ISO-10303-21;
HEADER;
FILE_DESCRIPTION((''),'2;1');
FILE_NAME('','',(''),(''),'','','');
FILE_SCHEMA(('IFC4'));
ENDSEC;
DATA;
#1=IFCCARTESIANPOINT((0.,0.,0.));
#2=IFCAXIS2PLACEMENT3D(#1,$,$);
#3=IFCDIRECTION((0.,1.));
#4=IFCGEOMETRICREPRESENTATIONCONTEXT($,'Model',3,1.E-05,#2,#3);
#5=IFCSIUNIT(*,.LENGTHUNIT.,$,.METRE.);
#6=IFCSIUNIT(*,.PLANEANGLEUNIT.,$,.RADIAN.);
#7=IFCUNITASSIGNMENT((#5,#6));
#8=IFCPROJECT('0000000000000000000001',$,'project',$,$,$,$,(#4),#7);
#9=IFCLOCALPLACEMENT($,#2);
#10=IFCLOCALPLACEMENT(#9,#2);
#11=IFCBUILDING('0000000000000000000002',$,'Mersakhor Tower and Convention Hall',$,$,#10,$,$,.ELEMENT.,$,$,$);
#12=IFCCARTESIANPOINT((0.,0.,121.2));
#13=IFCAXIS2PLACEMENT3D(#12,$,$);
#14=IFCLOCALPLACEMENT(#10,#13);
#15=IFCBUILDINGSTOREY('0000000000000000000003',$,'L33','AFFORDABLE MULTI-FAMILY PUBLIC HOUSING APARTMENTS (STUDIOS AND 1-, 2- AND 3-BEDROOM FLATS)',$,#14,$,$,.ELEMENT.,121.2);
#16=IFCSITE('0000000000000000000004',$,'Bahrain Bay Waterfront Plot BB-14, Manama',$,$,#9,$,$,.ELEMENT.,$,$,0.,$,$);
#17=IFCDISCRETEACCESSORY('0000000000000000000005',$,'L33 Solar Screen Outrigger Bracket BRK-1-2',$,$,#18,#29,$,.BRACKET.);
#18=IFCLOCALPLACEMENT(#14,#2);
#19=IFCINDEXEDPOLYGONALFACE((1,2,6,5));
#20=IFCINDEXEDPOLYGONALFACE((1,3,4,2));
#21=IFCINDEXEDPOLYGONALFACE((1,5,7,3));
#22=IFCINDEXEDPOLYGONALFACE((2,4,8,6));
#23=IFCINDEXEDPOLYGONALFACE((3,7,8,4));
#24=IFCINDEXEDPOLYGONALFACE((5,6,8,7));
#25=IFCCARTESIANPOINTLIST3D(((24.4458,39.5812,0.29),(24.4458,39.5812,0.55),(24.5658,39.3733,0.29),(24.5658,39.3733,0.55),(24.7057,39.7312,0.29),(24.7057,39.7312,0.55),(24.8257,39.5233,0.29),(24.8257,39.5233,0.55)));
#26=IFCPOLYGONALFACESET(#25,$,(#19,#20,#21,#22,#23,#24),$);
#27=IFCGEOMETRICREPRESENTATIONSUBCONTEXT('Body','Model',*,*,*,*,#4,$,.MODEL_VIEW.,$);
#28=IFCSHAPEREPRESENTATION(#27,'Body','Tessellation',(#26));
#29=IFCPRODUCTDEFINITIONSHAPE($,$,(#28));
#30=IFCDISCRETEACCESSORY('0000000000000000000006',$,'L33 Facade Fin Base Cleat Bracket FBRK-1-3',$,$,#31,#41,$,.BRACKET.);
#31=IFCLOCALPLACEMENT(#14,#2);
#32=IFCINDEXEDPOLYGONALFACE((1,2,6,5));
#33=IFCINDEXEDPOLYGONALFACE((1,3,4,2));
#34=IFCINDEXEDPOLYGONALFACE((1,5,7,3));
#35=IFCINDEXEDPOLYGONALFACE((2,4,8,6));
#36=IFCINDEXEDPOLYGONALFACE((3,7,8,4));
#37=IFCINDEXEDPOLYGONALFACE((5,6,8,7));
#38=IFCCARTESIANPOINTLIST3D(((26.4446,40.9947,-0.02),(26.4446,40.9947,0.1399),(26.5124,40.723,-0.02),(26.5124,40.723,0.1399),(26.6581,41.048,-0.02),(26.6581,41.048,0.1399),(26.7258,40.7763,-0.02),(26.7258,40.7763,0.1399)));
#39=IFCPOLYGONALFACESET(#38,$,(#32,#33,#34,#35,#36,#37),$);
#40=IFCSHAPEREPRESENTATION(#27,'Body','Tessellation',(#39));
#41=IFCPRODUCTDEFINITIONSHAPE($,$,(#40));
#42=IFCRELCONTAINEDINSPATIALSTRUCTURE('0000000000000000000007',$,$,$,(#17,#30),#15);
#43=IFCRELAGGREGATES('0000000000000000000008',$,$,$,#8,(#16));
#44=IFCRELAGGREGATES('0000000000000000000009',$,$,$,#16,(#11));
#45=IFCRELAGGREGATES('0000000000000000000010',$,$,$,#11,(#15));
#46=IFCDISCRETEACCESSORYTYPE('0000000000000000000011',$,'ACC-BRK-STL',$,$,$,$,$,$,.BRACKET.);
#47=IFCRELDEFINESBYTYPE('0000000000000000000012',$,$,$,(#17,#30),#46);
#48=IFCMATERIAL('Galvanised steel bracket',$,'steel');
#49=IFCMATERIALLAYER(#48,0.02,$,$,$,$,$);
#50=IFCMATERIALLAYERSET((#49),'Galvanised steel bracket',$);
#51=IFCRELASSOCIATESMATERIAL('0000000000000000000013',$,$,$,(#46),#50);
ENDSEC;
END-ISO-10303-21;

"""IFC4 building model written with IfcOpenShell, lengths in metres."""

from ifc_helpers import new_model, si_unit, direction, frame, origin, origin_2d, place, context, subcontext, project, spatial, rectangle, extrude, material, layer, layer_set, type_object, element, save


model = new_model("IFC4")

# Units and contexts
model_context = context("Model", 3, precision=1e-05, world=origin(), true_north=direction((0.0, 1.0)))
body_context = subcontext(model_context, "Body", "Model", "MODEL_VIEW")
ifc_project = project(units=[si_unit("LENGTHUNIT", "METRE"), si_unit("PLANEANGLEUNIT", "RADIAN")], contexts=[model_context])

# Site, building, storey
site_placement = place(None, origin())
site = spatial("IfcSite", under=ifc_project, at=site_placement, Name="Bahrain Bay Waterfront Plot BB-14, Manama", CompositionType="ELEMENT", RefElevation=0.0)
building_placement = place(site_placement, origin())
building = spatial("IfcBuilding", under=site, at=building_placement, Name="Mersakhor Tower and Convention Hall", CompositionType="ELEMENT")
storey_placement = place(building_placement, frame((0.0, 0.0, 121.2)))
storey = spatial("IfcBuildingStorey", under=building, at=storey_placement, Name="L33", Description="AFFORDABLE MULTI-FAMILY PUBLIC HOUSING APARTMENTS (STUDIOS AND 1-, 2- AND 3-BEDROOM FLATS)", CompositionType="ELEMENT", Elevation=121.2)

# Discrete accessories
ifc_material_1 = material(Name="Galvanised steel bracket", Category="steel")
ifc_layer_1 = layer(ifc_material_1, 0.02)
ifc_layer_set_1 = layer_set([ifc_layer_1], Name="Galvanised steel bracket")
discrete_accessory_type = type_object("IfcDiscreteAccessoryType", Name="ACC-BRK-STL", PredefinedType="BRACKET", material=ifc_layer_set_1)
discrete_accessory_1_placement = place(storey_placement, frame((24.6357, 39.5522, 0.29), z_axis=(0.0, 0.0, 1.0), x_axis=(0.866025, 0.5, 0.0)))
element("IfcDiscreteAccessory", 1, at=discrete_accessory_1_placement, inside=storey, type_object=discrete_accessory_type, Name="L33 Solar Screen Outrigger Bracket BRK-1-2", PredefinedType="BRACKET", context=body_context, shape_type="SweptSolid", body=[
    extrude(rectangle(XDim=0.3, YDim=0.24, at=origin_2d()), origin(), (0.0, 0.0, 1.0), 0.26),
])
discrete_accessory_2_placement = place(storey_placement, frame((26.5852, 40.8855, -0.02), z_axis=(0.0, 0.0, 1.0), x_axis=(-0.241922, 0.970296, 0.0)))
element("IfcDiscreteAccessory", 2, at=discrete_accessory_2_placement, inside=storey, type_object=discrete_accessory_type, Name="L33 Facade Fin Base Cleat Bracket FBRK-1-3", PredefinedType="BRACKET", context=body_context, shape_type="SweptSolid", body=[
    extrude(rectangle(XDim=0.28, YDim=0.22, at=origin_2d()), origin(), (0.0, 0.0, 1.0), 0.1599),
])

save(model, "model.ifc")
